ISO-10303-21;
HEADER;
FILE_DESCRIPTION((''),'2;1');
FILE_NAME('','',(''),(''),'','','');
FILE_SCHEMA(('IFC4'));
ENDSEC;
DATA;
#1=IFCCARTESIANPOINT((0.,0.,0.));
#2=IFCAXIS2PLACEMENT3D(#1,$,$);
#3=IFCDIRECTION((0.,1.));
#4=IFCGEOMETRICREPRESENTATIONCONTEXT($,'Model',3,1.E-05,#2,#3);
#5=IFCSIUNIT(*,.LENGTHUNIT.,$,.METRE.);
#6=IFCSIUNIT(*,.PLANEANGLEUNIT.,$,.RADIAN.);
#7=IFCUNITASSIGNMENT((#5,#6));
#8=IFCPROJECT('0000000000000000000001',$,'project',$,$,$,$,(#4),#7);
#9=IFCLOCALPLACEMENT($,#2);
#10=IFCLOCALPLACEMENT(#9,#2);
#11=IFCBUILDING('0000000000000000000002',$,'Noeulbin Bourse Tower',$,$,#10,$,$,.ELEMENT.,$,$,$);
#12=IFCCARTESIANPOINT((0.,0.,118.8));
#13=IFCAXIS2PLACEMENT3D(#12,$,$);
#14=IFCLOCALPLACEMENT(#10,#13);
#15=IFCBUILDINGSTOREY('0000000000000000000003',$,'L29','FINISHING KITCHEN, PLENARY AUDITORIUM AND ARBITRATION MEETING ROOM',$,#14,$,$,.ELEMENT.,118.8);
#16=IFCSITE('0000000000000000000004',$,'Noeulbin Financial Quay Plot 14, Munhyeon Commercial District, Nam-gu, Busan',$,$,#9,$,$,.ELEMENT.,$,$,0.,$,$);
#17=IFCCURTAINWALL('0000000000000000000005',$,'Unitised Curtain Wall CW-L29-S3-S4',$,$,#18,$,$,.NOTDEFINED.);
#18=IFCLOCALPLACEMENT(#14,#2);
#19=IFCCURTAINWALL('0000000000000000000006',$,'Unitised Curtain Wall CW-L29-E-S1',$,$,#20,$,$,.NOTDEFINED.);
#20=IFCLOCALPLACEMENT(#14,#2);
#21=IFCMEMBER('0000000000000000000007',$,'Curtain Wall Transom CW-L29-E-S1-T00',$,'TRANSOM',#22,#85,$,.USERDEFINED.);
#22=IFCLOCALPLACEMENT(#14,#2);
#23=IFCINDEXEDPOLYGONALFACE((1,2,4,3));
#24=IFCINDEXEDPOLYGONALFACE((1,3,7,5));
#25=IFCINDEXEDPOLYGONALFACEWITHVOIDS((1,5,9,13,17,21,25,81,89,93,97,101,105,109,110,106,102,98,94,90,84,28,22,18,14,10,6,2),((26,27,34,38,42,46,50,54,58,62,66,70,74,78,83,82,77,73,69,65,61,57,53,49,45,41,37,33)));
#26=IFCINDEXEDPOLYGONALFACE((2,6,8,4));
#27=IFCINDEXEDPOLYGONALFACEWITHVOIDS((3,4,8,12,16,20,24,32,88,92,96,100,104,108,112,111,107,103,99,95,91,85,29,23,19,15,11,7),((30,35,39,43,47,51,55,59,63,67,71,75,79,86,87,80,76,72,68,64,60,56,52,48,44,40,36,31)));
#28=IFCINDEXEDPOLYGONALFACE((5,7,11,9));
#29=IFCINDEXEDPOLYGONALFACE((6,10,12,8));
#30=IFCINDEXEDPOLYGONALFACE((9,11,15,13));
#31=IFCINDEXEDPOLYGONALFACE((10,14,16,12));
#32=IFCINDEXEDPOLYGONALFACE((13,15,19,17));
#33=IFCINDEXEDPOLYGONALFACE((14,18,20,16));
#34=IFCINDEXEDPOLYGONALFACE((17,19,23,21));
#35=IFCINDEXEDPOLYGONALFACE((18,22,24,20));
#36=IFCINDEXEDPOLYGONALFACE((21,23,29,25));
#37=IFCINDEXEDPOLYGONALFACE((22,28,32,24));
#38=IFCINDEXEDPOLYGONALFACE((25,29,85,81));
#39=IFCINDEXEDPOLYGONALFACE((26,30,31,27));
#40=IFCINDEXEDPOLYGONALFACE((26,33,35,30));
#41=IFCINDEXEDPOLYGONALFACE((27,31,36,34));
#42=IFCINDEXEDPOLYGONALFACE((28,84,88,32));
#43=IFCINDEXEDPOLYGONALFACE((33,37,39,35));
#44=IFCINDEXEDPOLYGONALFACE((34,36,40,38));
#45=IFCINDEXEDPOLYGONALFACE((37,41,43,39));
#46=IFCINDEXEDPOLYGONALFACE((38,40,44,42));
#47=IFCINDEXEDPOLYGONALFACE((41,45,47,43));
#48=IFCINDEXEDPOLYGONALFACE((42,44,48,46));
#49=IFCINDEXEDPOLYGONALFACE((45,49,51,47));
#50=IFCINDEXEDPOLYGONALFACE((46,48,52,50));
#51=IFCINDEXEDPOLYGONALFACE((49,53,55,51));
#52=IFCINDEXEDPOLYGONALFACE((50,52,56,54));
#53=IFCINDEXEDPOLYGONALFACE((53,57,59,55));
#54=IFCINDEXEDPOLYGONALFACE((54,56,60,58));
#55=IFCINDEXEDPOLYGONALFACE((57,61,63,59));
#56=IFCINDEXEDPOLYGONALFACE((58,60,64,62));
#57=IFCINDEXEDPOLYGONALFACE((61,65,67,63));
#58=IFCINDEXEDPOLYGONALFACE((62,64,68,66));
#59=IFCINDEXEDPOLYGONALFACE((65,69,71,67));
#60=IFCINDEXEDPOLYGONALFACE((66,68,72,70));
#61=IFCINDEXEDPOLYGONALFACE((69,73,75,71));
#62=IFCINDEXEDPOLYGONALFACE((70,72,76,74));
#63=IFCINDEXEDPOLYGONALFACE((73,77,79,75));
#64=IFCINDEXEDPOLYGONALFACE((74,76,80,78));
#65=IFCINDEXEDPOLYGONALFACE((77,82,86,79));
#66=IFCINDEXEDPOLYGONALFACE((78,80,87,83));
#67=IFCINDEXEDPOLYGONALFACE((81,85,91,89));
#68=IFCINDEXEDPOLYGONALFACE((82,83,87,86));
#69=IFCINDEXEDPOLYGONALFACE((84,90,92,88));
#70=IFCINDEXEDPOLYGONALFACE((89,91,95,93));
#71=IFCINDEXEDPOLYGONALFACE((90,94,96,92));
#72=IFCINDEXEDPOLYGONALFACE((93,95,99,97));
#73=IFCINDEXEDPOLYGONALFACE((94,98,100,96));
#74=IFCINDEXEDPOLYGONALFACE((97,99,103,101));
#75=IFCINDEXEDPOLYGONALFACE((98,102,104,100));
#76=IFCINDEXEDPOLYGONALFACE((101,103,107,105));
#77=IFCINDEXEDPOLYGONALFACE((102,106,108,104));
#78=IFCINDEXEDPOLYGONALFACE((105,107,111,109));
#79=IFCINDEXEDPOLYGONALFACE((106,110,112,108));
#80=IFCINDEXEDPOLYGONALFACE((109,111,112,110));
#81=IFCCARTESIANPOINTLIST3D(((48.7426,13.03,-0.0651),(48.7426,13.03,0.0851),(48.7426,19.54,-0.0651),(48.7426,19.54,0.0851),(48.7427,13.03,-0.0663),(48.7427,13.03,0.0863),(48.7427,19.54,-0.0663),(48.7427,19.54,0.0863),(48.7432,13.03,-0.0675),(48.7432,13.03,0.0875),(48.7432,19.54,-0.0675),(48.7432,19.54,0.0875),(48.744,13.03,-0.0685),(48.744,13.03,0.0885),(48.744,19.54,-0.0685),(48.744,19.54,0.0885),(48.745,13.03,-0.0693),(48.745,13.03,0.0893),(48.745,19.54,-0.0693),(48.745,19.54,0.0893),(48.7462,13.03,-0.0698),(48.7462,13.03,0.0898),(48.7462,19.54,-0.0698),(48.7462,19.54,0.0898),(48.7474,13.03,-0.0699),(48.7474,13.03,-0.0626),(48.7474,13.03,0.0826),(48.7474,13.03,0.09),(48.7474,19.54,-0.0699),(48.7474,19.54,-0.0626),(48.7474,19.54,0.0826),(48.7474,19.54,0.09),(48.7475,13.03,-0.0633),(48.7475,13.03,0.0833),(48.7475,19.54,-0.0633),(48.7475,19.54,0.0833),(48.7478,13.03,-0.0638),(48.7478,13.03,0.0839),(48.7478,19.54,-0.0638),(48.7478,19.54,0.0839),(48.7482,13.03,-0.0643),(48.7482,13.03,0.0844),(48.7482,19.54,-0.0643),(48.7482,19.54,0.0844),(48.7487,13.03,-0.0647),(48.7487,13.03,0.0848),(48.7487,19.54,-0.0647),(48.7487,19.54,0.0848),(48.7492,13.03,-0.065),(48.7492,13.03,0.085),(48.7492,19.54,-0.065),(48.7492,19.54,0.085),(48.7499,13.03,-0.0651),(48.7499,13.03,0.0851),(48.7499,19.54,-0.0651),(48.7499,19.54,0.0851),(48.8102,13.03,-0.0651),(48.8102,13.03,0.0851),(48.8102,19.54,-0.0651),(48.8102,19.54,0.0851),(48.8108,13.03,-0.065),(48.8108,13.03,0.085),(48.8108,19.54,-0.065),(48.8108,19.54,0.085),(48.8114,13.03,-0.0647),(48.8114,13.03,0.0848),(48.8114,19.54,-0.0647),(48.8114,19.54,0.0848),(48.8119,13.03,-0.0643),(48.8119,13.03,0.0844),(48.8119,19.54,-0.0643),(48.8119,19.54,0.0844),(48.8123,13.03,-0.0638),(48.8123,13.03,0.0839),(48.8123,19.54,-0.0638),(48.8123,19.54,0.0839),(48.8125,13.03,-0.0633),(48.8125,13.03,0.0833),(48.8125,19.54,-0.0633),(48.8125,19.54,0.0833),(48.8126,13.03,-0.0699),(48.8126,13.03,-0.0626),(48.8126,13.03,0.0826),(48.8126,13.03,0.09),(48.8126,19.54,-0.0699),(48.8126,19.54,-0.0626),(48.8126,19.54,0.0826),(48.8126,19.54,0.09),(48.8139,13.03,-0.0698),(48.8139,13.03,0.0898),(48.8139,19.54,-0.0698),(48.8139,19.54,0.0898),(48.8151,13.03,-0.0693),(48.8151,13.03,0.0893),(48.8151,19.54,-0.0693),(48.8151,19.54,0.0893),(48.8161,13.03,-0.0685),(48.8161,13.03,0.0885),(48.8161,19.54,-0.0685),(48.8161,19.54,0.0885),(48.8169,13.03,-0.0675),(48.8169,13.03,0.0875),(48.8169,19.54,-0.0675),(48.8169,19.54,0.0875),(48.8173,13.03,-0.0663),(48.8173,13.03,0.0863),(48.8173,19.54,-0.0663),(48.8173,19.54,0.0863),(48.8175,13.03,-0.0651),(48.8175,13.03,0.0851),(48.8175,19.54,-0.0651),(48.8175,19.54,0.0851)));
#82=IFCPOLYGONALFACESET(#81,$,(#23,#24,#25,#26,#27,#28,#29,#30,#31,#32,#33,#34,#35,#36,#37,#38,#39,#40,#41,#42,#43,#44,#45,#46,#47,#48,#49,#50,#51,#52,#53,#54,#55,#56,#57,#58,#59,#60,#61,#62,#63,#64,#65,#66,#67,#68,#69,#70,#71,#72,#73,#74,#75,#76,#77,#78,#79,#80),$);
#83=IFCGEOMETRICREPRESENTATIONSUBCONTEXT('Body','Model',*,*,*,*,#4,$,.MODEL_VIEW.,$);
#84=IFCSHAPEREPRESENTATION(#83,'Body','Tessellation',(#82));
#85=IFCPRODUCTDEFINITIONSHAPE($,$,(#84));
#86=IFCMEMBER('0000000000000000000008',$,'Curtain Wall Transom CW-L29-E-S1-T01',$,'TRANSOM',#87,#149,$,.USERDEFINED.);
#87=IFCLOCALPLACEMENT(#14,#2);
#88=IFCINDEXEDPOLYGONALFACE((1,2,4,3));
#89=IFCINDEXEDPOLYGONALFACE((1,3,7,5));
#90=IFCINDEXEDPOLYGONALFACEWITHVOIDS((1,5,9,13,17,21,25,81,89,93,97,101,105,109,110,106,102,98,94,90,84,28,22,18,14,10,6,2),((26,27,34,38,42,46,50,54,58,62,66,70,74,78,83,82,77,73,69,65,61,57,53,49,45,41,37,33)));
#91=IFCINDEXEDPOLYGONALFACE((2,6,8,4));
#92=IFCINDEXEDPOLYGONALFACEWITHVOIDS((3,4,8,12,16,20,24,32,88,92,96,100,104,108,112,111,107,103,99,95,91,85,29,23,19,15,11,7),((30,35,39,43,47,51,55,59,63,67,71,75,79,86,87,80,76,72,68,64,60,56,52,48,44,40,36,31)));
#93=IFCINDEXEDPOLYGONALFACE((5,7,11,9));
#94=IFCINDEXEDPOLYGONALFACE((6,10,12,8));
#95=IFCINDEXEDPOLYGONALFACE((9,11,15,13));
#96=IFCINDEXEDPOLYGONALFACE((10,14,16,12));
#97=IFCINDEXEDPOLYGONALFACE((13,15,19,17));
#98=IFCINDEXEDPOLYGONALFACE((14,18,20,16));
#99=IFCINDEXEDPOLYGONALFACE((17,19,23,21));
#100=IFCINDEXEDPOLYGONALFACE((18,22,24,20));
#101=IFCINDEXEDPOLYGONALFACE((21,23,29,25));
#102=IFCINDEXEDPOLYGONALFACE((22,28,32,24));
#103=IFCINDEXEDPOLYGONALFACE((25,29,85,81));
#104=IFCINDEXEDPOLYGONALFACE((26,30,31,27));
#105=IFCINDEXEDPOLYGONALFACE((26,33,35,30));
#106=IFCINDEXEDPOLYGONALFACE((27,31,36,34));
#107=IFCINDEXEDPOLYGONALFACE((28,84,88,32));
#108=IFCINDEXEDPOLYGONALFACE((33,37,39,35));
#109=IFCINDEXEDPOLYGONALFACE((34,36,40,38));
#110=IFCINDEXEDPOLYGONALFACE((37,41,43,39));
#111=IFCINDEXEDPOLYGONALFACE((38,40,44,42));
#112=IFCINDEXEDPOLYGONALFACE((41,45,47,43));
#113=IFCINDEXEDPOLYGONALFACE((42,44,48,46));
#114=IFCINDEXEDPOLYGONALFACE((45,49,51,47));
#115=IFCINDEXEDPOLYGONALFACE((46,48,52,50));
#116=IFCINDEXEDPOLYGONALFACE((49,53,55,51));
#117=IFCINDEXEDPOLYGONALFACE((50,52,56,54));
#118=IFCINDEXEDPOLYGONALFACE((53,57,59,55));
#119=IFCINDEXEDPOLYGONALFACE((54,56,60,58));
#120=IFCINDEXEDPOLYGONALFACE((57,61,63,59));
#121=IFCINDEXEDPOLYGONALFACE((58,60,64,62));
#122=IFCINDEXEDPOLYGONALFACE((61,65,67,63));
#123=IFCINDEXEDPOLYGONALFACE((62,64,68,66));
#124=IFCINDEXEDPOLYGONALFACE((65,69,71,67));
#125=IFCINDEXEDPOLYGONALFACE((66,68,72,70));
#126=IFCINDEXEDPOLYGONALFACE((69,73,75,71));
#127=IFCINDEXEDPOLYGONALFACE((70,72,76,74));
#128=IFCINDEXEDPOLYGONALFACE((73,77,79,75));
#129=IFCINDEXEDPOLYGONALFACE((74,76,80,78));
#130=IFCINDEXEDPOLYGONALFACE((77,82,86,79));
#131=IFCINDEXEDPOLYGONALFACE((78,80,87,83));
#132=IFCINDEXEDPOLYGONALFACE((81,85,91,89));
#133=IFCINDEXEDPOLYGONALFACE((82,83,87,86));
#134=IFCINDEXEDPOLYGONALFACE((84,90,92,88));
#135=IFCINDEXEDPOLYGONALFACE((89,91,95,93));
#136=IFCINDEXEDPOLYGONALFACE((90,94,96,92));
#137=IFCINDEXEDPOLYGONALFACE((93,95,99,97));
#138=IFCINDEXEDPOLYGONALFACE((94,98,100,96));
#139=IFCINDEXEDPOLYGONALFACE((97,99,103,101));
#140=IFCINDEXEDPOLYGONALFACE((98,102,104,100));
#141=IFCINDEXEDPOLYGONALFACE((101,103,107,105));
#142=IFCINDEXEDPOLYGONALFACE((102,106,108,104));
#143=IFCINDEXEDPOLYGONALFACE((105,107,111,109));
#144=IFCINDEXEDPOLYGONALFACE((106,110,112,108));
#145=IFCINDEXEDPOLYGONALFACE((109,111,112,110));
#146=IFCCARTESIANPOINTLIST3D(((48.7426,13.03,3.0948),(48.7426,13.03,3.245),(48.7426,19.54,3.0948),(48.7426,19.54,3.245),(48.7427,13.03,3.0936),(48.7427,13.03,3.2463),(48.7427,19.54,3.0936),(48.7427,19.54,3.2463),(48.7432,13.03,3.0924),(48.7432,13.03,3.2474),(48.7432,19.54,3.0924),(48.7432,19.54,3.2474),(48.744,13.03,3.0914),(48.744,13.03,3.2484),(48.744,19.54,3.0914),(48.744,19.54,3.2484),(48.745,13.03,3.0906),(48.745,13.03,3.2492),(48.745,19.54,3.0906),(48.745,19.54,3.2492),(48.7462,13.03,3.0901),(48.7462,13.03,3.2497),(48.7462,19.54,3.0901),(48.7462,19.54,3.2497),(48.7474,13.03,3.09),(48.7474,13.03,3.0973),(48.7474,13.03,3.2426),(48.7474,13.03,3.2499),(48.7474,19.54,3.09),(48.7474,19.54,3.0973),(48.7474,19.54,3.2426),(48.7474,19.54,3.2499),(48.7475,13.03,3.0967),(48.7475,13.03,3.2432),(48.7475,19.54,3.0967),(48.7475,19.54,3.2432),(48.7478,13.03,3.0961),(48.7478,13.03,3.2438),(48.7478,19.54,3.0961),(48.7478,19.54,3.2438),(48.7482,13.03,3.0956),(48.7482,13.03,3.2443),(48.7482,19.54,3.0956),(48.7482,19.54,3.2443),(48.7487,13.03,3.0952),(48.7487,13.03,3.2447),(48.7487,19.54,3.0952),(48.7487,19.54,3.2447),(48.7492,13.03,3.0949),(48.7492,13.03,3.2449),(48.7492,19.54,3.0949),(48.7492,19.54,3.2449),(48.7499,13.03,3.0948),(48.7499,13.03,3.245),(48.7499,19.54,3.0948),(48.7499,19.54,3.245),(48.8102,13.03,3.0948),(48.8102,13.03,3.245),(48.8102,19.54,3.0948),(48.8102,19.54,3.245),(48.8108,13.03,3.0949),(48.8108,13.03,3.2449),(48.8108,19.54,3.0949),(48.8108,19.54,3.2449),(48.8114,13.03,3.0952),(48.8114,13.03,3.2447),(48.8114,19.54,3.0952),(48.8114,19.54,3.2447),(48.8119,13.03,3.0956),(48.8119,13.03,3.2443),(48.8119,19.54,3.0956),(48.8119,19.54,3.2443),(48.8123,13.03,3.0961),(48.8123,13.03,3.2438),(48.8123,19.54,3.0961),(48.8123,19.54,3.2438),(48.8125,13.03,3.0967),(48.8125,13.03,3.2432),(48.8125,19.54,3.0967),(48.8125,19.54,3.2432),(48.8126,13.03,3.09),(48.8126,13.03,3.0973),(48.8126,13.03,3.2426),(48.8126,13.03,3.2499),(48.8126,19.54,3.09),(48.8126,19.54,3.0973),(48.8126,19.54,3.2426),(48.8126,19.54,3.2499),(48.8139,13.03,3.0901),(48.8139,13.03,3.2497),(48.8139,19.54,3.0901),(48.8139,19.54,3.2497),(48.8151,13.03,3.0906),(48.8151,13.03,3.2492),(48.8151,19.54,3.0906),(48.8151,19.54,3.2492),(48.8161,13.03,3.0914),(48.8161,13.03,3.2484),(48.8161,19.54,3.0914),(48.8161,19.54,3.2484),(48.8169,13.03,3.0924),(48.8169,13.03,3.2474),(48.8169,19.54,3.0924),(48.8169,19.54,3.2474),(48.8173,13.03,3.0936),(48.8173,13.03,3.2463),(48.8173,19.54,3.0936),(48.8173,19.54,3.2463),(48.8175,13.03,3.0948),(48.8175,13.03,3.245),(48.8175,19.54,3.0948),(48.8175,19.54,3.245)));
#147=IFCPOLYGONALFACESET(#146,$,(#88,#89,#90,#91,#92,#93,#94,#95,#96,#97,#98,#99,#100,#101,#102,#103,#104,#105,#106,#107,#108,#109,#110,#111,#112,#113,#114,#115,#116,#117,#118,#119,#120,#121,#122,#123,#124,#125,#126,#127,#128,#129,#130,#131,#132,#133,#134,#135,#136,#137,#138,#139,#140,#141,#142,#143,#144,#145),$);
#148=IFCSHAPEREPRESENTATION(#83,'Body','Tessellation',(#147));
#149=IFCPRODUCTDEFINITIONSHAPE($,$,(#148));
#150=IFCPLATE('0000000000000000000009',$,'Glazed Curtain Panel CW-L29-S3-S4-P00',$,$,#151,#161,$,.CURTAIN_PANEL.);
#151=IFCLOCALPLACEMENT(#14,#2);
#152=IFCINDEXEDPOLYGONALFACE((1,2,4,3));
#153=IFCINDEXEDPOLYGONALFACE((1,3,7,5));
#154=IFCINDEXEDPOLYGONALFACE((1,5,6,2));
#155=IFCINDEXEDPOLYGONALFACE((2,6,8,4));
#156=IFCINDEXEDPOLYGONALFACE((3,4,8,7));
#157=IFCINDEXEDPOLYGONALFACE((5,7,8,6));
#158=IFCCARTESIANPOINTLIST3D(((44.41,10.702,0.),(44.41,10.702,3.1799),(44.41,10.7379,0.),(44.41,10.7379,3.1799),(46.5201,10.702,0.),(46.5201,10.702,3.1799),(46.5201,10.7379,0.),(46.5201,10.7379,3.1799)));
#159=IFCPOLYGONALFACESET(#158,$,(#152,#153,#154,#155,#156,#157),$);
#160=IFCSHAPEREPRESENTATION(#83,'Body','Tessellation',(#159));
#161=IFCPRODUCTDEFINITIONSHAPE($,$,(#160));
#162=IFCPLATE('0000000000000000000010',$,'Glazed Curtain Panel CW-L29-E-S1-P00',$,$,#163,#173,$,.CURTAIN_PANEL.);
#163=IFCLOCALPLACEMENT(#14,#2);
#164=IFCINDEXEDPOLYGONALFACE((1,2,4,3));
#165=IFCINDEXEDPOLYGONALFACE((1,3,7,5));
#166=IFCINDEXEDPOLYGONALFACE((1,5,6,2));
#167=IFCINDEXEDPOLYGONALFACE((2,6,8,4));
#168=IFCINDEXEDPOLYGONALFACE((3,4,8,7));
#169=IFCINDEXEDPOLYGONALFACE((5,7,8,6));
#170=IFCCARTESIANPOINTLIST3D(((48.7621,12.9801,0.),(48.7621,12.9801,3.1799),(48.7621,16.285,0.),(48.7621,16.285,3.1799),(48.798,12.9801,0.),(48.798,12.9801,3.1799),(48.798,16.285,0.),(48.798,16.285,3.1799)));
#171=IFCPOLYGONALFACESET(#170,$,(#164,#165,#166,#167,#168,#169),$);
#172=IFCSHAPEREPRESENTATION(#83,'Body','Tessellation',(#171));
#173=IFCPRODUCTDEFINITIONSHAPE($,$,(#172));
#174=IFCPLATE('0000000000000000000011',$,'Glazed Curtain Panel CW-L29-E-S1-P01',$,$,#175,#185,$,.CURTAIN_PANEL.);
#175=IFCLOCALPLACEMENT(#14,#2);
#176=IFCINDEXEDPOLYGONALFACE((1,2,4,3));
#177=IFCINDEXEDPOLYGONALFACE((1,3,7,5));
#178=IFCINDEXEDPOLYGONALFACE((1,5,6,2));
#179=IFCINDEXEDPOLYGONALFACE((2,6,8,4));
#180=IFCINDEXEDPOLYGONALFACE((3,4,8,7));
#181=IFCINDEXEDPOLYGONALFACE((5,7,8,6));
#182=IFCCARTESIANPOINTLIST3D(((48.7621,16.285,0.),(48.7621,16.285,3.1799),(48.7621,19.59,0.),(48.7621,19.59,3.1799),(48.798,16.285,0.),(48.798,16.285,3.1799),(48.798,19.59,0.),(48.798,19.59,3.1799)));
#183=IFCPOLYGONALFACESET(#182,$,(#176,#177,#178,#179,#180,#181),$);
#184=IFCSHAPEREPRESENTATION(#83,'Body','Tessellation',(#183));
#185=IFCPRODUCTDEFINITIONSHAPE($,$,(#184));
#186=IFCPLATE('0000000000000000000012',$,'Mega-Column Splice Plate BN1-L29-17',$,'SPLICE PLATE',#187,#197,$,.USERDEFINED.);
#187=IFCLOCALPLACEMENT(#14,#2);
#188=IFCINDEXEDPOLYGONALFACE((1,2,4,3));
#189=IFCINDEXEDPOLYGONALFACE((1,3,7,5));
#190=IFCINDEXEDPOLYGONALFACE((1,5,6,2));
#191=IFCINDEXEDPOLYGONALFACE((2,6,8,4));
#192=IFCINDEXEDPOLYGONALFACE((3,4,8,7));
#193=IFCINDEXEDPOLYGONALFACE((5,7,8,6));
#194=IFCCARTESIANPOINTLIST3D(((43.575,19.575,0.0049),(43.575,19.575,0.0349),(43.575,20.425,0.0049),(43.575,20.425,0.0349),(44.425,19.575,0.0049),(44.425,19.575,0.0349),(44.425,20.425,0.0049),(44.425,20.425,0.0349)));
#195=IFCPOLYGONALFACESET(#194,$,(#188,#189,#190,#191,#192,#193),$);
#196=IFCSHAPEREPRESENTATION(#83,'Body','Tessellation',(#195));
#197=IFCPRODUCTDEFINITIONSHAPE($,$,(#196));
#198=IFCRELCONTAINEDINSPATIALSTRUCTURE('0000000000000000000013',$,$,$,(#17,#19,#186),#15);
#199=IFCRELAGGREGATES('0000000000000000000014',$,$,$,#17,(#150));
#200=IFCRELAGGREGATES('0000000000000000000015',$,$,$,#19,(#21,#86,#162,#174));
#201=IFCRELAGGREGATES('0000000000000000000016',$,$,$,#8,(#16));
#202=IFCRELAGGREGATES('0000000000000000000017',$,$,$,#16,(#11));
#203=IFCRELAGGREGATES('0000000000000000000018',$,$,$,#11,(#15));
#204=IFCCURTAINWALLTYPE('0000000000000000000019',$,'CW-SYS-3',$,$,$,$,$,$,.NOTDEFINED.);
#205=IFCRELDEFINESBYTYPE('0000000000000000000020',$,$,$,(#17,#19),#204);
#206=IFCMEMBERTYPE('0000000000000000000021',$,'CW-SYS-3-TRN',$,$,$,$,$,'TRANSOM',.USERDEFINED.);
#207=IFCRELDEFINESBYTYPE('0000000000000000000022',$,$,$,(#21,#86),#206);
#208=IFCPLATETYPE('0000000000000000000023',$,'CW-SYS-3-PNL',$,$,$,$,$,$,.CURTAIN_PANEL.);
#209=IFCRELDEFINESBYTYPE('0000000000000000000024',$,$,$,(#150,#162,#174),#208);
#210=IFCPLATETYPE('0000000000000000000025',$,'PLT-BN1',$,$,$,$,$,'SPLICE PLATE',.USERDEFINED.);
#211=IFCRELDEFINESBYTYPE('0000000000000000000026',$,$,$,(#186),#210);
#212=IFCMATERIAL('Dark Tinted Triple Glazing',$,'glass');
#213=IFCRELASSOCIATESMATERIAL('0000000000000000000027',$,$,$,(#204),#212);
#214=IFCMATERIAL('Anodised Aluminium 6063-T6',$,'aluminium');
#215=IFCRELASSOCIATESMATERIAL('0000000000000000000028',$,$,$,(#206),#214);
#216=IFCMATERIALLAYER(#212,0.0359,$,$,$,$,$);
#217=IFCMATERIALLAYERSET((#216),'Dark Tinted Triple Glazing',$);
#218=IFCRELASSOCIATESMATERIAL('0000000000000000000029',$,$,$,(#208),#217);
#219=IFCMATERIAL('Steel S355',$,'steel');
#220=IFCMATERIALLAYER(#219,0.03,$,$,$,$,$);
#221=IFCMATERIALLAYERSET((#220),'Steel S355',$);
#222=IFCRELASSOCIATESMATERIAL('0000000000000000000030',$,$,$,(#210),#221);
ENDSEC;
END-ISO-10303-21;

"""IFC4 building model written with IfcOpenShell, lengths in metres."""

from ifc_helpers import new_model, si_unit, direction, frame, origin, origin_2d, place, context, subcontext, project, spatial, rectangle, hollow_rectangle, extrude, material, layer, layer_set, material_profile, profile_set, type_object, element, aggregate, save


model = new_model("IFC4")

# Units and contexts
model_context = context("Model", 3, precision=1e-05, world=origin(), true_north=direction((0.0, 1.0)))
body_context = subcontext(model_context, "Body", "Model", "MODEL_VIEW")
ifc_project = project(units=[si_unit("LENGTHUNIT", "METRE"), si_unit("PLANEANGLEUNIT", "RADIAN")], contexts=[model_context])

# Site, building, storey
site_placement = place(None, origin())
site = spatial("IfcSite", under=ifc_project, at=site_placement, Name="Noeulbin Financial Quay Plot 14, Munhyeon Commercial District, Nam-gu, Busan", CompositionType="ELEMENT", RefElevation=0.0)
building_placement = place(site_placement, origin())
building = spatial("IfcBuilding", under=site, at=building_placement, Name="Noeulbin Bourse Tower", CompositionType="ELEMENT")
storey_placement = place(building_placement, frame((0.0, 0.0, 118.8)))
storey = spatial("IfcBuildingStorey", under=building, at=storey_placement, Name="L29", Description="FINISHING KITCHEN, PLENARY AUDITORIUM AND ARBITRATION MEETING ROOM", CompositionType="ELEMENT", Elevation=118.8)

# Shared definitions
ifc_material_1 = material(Name="Steel S355", Category="steel")

# Curtain walls
ifc_material_2 = material(Name="Dark Tinted Triple Glazing", Category="glass")
curtain_wall_type = type_object("IfcCurtainWallType", Name="CW-SYS-3", PredefinedType="NOTDEFINED", material=ifc_material_2)
curtain_wall_1_placement = place(storey_placement, origin())
curtain_wall_1 = element("IfcCurtainWall", 1, at=curtain_wall_1_placement, inside=storey, type_object=curtain_wall_type, Name="Unitised Curtain Wall CW-L29-S3-S4", PredefinedType="NOTDEFINED")
ifc_material_3 = material(Name="Anodised Aluminium 6063-T6", Category="aluminium")
curtain_wall_2_placement = place(storey_placement, origin())
curtain_wall_2 = element("IfcCurtainWall", 2, at=curtain_wall_2_placement, inside=storey, type_object=curtain_wall_type, Name="Unitised Curtain Wall CW-L29-E-S1", PredefinedType="NOTDEFINED")

# Members
ifc_material_profile_1 = material_profile(ifc_material_3, hollow_rectangle(XDim=0.075, YDim=0.1599, WallThickness=0.0049, InnerFilletRadius=0.0024, OuterFilletRadius=0.0049, at=origin_2d()), Name="ALU-TRAN-75x160x5", Category="LoadBearing")
ifc_profile_set_1 = profile_set([ifc_material_profile_1], Name="Anodised Aluminium 6063-T6")
member_type_1 = type_object("IfcMemberType", Name="CW-SYS-3-TRN", ElementType="TRANSOM", PredefinedType="USERDEFINED", material=ifc_profile_set_1)
member_1_placement = place(storey_placement, frame((48.78, 13.03, 0.01), z_axis=(0.0, 1.0, 0.0), x_axis=(-1.0, 0.0, 0.0)))
member_1 = element("IfcMember", 3, at=member_1_placement, type_object=member_type_1, Name="Curtain Wall Transom CW-L29-E-S1-T00", ObjectType="TRANSOM", PredefinedType="USERDEFINED", context=body_context, shape_type="SweptSolid", body=[
    extrude(hollow_rectangle(XDim=0.075, YDim=0.1599, WallThickness=0.0049, InnerFilletRadius=0.0024, OuterFilletRadius=0.0049, at=origin_2d()), origin(), (0.0, 0.0, 1.0), 6.51),
])
member_2_placement = place(storey_placement, frame((48.78, 13.03, 3.1699), z_axis=(0.0, 1.0, 0.0), x_axis=(-1.0, 0.0, 0.0)))
member_2 = element("IfcMember", 4, at=member_2_placement, type_object=member_type_1, Name="Curtain Wall Transom CW-L29-E-S1-T01", ObjectType="TRANSOM", PredefinedType="USERDEFINED", context=body_context, shape_type="SweptSolid", body=[
    extrude(hollow_rectangle(XDim=0.075, YDim=0.1599, WallThickness=0.0049, InnerFilletRadius=0.0024, OuterFilletRadius=0.0049, at=origin_2d()), origin(), (0.0, 0.0, 1.0), 6.51),
])

# Plates
ifc_layer_1 = layer(ifc_material_2, 0.0359)
ifc_layer_set_1 = layer_set([ifc_layer_1], Name="Dark Tinted Triple Glazing")
plate_type_1 = type_object("IfcPlateType", Name="CW-SYS-3-PNL", PredefinedType="CURTAIN_PANEL", material=ifc_layer_set_1)
plate_1_placement = place(storey_placement, frame((45.4651, 10.72, 0.0), z_axis=(0.0, 0.0, 1.0), x_axis=(1.0, 0.0, 0.0)))
plate_1 = element("IfcPlate", 5, at=plate_1_placement, type_object=plate_type_1, Name="Glazed Curtain Panel CW-L29-S3-S4-P00", PredefinedType="CURTAIN_PANEL", context=body_context, shape_type="SweptSolid", body=[
    extrude(rectangle(XDim=2.1101, YDim=0.0359, at=origin_2d()), origin(), (0.0, 0.0, 1.0), 3.1799),
])
aggregate(curtain_wall_1, [plate_1])
plate_2_placement = place(storey_placement, frame((48.78, 14.6326, 0.0), z_axis=(0.0, 0.0, 1.0), x_axis=(0.0, 1.0, 0.0)))
plate_2 = element("IfcPlate", 6, at=plate_2_placement, type_object=plate_type_1, Name="Glazed Curtain Panel CW-L29-E-S1-P00", PredefinedType="CURTAIN_PANEL", context=body_context, shape_type="SweptSolid", body=[
    extrude(rectangle(XDim=3.3049, YDim=0.0359, at=origin_2d()), origin(), (0.0, 0.0, 1.0), 3.1799),
])
plate_3_placement = place(storey_placement, frame((48.78, 17.9375, 0.0), z_axis=(0.0, 0.0, 1.0), x_axis=(0.0, 1.0, 0.0)))
plate_3 = element("IfcPlate", 7, at=plate_3_placement, type_object=plate_type_1, Name="Glazed Curtain Panel CW-L29-E-S1-P01", PredefinedType="CURTAIN_PANEL", context=body_context, shape_type="SweptSolid", body=[
    extrude(rectangle(XDim=3.3049, YDim=0.0359, at=origin_2d()), origin(), (0.0, 0.0, 1.0), 3.1799),
])
aggregate(curtain_wall_2, [member_1, member_2, plate_2, plate_3])

# Plate
ifc_layer_2 = layer(ifc_material_1, 0.03)
ifc_layer_set_2 = layer_set([ifc_layer_2], Name="Steel S355")
plate_type_2 = type_object("IfcPlateType", Name="PLT-BN1", ElementType="SPLICE PLATE", PredefinedType="USERDEFINED", material=ifc_layer_set_2)
for number, where, z_axis, x_axis, name in (
    (8, (44.0, 20.0, 0.0049), (0.0, 0.0, 1.0), (1.0, 0.0, 0.0), "Mega-Column Splice Plate BN1-L29-17"),
):
    element("IfcPlate", number, at=place(storey_placement, frame(where, z_axis=z_axis, x_axis=x_axis)), inside=storey, type_object=plate_type_2, Name=name, ObjectType="SPLICE PLATE", PredefinedType="USERDEFINED", context=body_context, shape_type="SweptSolid", body=[
        extrude(rectangle(XDim=0.8501, YDim=0.8501, at=origin_2d()), origin(), (0.0, 0.0, 1.0), 0.03),
    ])

save(model, "model.ifc")
